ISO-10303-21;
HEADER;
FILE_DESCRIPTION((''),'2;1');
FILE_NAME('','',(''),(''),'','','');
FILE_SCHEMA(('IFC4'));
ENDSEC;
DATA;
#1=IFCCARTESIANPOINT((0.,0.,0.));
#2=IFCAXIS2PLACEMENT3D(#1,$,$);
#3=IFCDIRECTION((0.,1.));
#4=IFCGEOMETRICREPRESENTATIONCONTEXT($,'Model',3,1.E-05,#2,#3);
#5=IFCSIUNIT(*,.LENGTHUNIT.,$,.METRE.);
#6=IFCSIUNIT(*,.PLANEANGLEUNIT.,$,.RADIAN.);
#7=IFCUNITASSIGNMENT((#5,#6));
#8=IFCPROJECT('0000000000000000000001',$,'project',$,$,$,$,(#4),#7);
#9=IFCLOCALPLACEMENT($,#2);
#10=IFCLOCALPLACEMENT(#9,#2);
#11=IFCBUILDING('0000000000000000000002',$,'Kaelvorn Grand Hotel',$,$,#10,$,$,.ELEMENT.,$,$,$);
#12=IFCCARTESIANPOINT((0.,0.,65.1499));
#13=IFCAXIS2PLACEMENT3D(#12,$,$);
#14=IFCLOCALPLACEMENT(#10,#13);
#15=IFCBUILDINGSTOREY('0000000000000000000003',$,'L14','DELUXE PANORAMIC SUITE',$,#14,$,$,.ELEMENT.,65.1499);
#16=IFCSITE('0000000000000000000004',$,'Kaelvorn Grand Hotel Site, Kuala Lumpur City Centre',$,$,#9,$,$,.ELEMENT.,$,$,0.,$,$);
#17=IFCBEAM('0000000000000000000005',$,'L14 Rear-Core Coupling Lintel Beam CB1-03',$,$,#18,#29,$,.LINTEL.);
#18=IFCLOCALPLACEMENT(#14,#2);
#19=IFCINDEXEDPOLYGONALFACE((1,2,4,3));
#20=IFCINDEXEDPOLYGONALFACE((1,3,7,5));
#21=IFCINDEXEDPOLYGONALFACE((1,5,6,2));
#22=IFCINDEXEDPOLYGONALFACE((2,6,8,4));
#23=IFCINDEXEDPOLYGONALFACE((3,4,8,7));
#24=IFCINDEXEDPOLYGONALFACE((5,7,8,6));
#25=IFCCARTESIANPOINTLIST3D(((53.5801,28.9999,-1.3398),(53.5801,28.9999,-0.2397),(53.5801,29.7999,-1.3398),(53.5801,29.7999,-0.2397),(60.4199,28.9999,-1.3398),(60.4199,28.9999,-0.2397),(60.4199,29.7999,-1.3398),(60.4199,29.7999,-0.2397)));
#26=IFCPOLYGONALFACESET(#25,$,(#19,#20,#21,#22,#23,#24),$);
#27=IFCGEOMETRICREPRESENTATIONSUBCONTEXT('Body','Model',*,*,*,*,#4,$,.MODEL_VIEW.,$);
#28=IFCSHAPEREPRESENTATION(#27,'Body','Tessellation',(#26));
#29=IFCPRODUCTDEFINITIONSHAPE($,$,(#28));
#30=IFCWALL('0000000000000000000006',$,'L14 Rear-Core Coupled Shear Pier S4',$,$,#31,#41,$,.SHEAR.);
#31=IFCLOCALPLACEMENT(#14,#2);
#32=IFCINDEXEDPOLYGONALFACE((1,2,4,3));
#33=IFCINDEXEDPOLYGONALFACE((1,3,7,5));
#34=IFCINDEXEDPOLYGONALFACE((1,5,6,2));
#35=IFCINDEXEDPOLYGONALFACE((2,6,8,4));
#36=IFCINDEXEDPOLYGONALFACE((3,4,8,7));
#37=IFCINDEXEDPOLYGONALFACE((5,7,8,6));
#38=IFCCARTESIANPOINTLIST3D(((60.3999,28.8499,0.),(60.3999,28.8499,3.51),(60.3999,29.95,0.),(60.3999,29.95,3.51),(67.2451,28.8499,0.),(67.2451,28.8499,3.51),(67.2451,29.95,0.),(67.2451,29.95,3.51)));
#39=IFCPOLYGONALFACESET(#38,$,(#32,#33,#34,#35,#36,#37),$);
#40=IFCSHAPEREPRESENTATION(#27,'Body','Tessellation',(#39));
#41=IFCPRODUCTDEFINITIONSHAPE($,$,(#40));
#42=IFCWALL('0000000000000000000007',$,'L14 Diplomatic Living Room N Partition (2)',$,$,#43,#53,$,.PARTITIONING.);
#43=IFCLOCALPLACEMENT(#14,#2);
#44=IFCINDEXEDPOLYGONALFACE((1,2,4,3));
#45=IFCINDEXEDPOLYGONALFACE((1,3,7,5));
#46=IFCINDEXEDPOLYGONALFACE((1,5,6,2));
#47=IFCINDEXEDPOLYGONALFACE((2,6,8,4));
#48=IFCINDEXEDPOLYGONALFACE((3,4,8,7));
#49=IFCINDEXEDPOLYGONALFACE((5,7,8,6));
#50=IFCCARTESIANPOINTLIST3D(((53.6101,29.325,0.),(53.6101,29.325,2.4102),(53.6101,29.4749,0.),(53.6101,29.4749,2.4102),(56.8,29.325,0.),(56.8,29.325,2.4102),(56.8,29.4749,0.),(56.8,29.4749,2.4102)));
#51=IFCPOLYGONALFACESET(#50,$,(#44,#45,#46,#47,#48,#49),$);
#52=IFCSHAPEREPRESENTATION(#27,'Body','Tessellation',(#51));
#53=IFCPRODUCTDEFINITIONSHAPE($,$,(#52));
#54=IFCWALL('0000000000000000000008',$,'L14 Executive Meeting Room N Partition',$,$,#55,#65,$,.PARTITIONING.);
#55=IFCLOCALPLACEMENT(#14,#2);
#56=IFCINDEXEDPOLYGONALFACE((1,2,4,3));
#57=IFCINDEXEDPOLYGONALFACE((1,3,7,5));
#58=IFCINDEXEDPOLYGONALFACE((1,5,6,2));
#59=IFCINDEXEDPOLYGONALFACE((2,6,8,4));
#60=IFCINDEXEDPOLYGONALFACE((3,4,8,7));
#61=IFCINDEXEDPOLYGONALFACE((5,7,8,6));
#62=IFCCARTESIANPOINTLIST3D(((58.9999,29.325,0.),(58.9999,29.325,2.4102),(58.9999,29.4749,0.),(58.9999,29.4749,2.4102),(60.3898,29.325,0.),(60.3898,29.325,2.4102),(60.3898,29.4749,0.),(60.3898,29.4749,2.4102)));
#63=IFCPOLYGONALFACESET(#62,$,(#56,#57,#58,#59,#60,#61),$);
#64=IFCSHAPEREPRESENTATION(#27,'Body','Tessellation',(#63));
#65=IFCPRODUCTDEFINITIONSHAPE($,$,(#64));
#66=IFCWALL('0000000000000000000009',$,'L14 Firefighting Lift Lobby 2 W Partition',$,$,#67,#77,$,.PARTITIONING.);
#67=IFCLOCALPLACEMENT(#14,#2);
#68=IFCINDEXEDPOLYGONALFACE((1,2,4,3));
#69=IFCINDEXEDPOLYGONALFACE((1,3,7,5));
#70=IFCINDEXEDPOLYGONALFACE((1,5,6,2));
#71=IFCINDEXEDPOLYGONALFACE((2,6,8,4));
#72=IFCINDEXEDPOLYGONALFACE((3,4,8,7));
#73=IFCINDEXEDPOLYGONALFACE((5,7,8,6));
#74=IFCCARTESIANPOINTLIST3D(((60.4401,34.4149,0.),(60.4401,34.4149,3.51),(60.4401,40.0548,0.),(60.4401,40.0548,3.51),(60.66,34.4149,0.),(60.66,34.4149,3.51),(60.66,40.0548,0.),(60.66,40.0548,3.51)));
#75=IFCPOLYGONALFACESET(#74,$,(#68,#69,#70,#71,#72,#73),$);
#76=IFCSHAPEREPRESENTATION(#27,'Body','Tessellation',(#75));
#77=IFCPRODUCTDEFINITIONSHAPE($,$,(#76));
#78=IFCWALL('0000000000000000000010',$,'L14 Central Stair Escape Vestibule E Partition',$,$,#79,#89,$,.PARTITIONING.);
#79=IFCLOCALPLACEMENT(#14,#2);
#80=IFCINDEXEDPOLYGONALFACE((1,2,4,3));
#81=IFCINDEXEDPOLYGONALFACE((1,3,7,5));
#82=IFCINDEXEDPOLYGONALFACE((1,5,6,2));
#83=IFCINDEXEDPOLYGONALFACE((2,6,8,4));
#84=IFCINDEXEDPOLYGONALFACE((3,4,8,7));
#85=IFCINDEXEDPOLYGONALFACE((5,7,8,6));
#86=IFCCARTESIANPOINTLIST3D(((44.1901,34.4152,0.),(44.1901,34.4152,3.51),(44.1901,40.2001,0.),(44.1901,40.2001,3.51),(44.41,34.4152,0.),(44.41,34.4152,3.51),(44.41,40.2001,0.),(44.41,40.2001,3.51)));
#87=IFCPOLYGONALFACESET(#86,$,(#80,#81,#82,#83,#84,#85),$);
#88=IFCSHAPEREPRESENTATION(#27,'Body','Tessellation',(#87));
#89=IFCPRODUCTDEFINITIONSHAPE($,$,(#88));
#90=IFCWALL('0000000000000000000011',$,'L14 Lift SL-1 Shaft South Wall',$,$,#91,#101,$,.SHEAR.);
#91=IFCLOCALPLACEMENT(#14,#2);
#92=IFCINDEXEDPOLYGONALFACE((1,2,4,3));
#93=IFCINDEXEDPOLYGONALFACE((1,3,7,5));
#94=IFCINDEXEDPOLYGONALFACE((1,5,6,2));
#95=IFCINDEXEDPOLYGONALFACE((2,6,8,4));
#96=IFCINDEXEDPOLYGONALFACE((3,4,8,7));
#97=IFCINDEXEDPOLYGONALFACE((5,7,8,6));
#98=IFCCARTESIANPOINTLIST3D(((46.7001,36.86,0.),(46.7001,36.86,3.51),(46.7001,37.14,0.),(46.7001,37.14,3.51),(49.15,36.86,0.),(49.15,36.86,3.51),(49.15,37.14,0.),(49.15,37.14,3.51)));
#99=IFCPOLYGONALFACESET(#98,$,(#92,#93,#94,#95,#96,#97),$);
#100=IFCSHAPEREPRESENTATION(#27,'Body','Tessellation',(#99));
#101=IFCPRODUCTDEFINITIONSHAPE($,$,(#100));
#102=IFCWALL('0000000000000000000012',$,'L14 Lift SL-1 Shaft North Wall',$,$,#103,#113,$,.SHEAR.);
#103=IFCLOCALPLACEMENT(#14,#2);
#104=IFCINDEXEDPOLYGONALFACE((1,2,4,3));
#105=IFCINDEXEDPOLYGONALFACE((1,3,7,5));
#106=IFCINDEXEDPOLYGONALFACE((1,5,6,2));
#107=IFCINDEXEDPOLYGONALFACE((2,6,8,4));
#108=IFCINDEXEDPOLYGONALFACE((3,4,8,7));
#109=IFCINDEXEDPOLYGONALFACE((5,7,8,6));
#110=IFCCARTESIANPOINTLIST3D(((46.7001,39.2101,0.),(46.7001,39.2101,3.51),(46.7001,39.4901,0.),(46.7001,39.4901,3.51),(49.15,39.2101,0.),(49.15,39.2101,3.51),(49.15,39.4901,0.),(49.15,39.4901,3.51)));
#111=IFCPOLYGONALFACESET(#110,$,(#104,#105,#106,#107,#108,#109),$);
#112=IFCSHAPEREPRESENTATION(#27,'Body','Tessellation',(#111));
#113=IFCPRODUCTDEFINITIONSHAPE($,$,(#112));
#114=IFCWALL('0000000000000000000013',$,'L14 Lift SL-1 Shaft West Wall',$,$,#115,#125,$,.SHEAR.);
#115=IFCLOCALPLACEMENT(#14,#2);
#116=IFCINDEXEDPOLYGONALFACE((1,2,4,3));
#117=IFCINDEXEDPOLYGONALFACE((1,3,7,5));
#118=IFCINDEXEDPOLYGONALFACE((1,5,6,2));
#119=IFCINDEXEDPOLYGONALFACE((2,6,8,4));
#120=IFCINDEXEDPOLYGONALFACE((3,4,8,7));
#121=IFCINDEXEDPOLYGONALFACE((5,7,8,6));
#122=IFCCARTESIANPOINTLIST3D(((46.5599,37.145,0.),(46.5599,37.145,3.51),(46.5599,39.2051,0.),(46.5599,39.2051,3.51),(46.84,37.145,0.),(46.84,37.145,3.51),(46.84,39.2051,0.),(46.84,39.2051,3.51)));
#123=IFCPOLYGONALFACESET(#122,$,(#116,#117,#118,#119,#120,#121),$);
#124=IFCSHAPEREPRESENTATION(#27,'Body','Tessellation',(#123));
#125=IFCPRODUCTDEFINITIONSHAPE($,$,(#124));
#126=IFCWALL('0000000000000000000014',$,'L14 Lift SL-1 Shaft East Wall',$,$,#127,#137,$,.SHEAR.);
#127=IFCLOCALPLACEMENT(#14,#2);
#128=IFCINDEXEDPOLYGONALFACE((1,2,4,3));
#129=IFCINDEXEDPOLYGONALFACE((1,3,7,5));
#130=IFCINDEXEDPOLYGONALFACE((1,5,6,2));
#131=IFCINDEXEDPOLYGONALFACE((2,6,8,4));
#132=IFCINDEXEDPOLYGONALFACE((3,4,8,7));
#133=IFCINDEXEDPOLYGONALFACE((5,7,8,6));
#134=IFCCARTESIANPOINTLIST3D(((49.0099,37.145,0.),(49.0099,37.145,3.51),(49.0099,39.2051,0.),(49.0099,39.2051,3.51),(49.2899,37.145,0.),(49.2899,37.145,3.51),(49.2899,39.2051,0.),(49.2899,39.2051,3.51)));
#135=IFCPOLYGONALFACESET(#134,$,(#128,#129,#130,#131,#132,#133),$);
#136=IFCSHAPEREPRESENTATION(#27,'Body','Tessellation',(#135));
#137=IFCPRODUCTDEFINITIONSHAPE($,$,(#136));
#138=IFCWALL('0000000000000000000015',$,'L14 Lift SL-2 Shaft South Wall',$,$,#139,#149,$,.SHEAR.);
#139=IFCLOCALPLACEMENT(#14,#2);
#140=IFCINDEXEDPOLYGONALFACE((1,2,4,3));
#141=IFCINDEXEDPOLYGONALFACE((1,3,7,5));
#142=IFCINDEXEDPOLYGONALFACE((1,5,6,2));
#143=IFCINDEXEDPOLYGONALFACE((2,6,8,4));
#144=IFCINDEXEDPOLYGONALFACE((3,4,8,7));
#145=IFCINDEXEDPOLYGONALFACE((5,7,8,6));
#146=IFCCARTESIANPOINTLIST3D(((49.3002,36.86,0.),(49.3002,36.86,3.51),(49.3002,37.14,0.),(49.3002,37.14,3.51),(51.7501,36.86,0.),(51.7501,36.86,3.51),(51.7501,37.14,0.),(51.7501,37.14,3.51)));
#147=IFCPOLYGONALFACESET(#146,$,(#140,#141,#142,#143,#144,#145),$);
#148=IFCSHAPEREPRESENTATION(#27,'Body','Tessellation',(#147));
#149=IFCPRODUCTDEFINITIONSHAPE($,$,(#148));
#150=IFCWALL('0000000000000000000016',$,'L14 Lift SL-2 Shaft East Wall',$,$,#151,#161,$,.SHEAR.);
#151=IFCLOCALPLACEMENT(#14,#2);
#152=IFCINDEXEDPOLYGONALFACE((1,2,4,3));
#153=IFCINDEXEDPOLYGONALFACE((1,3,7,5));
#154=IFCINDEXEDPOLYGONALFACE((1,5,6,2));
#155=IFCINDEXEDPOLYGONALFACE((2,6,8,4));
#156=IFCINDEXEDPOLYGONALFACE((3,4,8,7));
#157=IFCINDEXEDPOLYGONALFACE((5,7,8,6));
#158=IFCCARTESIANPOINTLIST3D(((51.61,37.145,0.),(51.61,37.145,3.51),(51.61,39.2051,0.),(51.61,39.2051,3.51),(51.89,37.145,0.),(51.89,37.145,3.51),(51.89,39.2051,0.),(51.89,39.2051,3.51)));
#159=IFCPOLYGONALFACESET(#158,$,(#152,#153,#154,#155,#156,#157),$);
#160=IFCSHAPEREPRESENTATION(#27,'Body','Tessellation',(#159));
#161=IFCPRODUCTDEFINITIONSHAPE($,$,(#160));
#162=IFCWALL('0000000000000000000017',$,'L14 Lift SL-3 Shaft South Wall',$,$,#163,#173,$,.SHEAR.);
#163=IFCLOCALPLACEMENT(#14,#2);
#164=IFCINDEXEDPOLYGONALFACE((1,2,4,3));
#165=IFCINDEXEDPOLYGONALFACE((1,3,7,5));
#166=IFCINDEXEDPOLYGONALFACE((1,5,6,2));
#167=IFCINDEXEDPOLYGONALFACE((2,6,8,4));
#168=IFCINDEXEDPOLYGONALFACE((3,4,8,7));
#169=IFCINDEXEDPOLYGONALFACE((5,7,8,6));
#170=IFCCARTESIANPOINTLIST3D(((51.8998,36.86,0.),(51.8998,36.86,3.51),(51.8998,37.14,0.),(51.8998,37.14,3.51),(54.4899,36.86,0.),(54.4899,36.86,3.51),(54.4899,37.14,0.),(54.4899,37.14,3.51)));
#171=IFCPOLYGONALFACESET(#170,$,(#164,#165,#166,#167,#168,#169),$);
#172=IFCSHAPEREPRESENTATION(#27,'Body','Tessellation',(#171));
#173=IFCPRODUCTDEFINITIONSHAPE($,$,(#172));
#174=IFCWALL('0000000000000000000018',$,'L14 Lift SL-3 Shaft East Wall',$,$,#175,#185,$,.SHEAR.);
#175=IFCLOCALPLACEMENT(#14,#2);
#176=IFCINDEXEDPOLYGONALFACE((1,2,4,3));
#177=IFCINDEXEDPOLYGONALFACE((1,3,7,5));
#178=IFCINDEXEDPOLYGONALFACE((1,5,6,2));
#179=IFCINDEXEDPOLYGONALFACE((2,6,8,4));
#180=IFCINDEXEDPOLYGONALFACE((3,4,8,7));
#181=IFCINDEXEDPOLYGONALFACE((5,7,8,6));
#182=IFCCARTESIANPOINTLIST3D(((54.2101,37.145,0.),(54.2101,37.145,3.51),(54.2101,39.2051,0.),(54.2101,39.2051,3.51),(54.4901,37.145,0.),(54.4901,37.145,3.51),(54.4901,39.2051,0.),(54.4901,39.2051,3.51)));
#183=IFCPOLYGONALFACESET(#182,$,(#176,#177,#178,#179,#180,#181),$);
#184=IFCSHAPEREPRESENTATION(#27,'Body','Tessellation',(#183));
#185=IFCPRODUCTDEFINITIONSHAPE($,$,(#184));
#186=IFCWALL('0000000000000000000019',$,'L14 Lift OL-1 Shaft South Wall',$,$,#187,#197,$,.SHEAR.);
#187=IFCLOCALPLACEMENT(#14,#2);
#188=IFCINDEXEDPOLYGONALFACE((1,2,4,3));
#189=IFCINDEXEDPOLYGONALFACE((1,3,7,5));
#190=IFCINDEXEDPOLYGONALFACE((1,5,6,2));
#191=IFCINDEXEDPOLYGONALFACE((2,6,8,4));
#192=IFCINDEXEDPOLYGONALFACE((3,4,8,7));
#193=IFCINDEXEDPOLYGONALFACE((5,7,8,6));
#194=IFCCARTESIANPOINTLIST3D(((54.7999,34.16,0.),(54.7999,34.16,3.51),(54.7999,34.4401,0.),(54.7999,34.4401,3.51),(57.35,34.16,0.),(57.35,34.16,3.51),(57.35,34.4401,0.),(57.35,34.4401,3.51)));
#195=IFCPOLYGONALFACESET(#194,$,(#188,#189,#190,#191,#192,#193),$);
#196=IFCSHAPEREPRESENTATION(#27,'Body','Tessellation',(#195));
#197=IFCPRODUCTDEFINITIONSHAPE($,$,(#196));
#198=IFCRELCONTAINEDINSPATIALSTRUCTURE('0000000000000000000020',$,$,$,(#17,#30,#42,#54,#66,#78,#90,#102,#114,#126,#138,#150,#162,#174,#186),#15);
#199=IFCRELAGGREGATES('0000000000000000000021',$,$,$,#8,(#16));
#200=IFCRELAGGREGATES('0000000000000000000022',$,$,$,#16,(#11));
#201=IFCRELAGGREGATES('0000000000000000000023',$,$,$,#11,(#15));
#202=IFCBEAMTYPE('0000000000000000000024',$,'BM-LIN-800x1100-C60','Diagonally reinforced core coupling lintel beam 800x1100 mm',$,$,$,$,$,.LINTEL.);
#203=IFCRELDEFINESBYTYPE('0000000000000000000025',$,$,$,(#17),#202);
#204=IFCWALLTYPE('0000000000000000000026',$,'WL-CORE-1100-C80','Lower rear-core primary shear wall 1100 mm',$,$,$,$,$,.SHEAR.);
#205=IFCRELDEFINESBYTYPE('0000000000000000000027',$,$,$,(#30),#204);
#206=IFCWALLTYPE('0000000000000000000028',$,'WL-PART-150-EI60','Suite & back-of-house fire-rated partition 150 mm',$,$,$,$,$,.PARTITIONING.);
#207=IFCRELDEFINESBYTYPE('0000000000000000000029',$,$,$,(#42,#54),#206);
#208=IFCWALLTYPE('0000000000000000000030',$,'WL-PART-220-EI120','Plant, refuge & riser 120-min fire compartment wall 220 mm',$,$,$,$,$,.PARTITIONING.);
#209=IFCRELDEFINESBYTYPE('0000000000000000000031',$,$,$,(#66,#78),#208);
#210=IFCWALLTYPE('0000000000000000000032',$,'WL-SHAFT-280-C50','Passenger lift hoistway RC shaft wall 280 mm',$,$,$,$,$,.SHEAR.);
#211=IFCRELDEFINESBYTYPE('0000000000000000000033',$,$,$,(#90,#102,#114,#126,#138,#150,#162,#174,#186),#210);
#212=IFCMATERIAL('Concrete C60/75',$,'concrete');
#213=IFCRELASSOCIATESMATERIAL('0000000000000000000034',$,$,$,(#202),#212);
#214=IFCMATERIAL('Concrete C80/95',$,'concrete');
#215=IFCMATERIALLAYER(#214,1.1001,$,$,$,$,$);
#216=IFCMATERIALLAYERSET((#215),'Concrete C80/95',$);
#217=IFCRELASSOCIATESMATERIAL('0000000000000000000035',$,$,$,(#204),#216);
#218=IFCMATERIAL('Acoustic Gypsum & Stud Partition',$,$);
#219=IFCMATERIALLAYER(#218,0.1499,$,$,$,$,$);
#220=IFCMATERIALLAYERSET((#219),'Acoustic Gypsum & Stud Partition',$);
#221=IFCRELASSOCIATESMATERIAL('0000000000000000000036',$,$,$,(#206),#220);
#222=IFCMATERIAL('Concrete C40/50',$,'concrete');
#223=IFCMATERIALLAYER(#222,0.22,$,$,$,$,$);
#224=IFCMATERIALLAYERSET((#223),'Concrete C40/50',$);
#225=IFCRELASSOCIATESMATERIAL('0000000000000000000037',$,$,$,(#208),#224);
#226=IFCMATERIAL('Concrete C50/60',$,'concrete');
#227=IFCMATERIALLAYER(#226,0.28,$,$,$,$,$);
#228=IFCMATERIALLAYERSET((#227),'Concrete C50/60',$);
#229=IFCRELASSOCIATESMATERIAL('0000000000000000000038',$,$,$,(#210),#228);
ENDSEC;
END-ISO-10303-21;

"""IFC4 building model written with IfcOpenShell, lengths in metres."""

from ifc_helpers import new_model, si_unit, direction, frame, frame_2d, origin, origin_2d, place, context, subcontext, project, spatial, rectangle, extrude, material, layer, layer_set, material_profile, profile_set, type_object, element, save


model = new_model("IFC4")

# Units and contexts
model_context = context("Model", 3, precision=1e-05, world=origin(), true_north=direction((0.0, 1.0)))
body_context = subcontext(model_context, "Body", "Model", "MODEL_VIEW")
ifc_project = project(units=[si_unit("LENGTHUNIT", "METRE"), si_unit("PLANEANGLEUNIT", "RADIAN")], contexts=[model_context])

# Site, building, storey
site_placement = place(None, origin())
site = spatial("IfcSite", under=ifc_project, at=site_placement, Name="Kaelvorn Grand Hotel Site, Kuala Lumpur City Centre", CompositionType="ELEMENT", RefElevation=0.0)
building_placement = place(site_placement, origin())
building = spatial("IfcBuilding", under=site, at=building_placement, Name="Kaelvorn Grand Hotel", CompositionType="ELEMENT")
storey_placement = place(building_placement, frame((0.0, 0.0, 65.1499)))
storey = spatial("IfcBuildingStorey", under=building, at=storey_placement, Name="L14", Description="DELUXE PANORAMIC SUITE", CompositionType="ELEMENT", Elevation=65.1499)

# Beam
ifc_material_1 = material(Name="Concrete C60/75", Category="concrete")
ifc_material_profile = material_profile(ifc_material_1, rectangle(XDim=0.8, YDim=1.1001, at=origin_2d()), Name="RC LINTEL 800x1100")
ifc_profile_set = profile_set([ifc_material_profile], Name="Concrete C60/75")
beam_type = type_object("IfcBeamType", Name="BM-LIN-800x1100-C60", Description="Diagonally reinforced core coupling lintel beam 800x1100 mm", PredefinedType="LINTEL", material=ifc_profile_set)
beam_placement = place(storey_placement, frame((53.5801, 29.3999, -0.7898), z_axis=(1.0, 0.0, 0.0), x_axis=(0.0, 1.0, 0.0)))
element("IfcBeam", 1, at=beam_placement, inside=storey, type_object=beam_type, Name="L14 Rear-Core Coupling Lintel Beam CB1-03", PredefinedType="LINTEL", context=body_context, shape_type="SweptSolid", body=[
    extrude(rectangle(XDim=0.8, YDim=1.1001, at=origin_2d()), origin(), (0.0, 0.0, 1.0), 6.8398),
])

# Walls
ifc_material_2 = material(Name="Concrete C80/95", Category="concrete")
ifc_layer_1 = layer(ifc_material_2, 1.1001)
ifc_layer_set_1 = layer_set([ifc_layer_1], Name="Concrete C80/95")
wall_type_1 = type_object("IfcWallType", Name="WL-CORE-1100-C80", Description="Lower rear-core primary shear wall 1100 mm", PredefinedType="SHEAR", material=ifc_layer_set_1)
wall_1_placement = place(storey_placement, frame((60.3999, 29.3999, 0.0), z_axis=(0.0, 0.0, 1.0), x_axis=(1.0, 0.0, 0.0)))
element("IfcWall", 2, at=wall_1_placement, inside=storey, type_object=wall_type_1, Name="L14 Rear-Core Coupled Shear Pier S4", PredefinedType="SHEAR", context=body_context, shape_type="SweptSolid", body=[
    extrude(rectangle(XDim=6.8452, YDim=1.1001, at=frame_2d((3.4226, 0.0))), origin(), (0.0, 0.0, 1.0), 3.51),
])
ifc_material_3 = material(Name="Acoustic Gypsum & Stud Partition")
ifc_layer_2 = layer(ifc_material_3, 0.1499)
ifc_layer_set_2 = layer_set([ifc_layer_2], Name="Acoustic Gypsum & Stud Partition")
wall_type_2 = type_object("IfcWallType", Name="WL-PART-150-EI60", Description="Suite & back-of-house fire-rated partition 150 mm", PredefinedType="PARTITIONING", material=ifc_layer_set_2)
wall_2_placement = place(storey_placement, frame((53.6101, 29.3999, 0.0), z_axis=(0.0, 0.0, 1.0), x_axis=(1.0, 0.0, 0.0)))
element("IfcWall", 3, at=wall_2_placement, inside=storey, type_object=wall_type_2, Name="L14 Diplomatic Living Room N Partition (2)", PredefinedType="PARTITIONING", context=body_context, shape_type="SweptSolid", body=[
    extrude(rectangle(XDim=3.1899, YDim=0.1499, at=frame_2d((1.595, 0.0))), origin(), (0.0, 0.0, 1.0), 2.4102),
])
wall_3_placement = place(storey_placement, frame((59.0, 29.3999, 0.0), z_axis=(0.0, 0.0, 1.0), x_axis=(1.0, 0.0, 0.0)))
element("IfcWall", 4, at=wall_3_placement, inside=storey, type_object=wall_type_2, Name="L14 Executive Meeting Room N Partition", PredefinedType="PARTITIONING", context=body_context, shape_type="SweptSolid", body=[
    extrude(rectangle(XDim=1.3899, YDim=0.1499, at=frame_2d((0.6948, 0.0))), origin(), (0.0, 0.0, 1.0), 2.4102),
])

# Shared definitions
ifc_material_4 = material(Name="Concrete C40/50", Category="concrete")
ifc_layer_3 = layer(ifc_material_4, 0.22)
ifc_layer_set_3 = layer_set([ifc_layer_3], Name="Concrete C40/50")
wall_type_3 = type_object("IfcWallType", Name="WL-PART-220-EI120", Description="Plant, refuge & riser 120-min fire compartment wall 220 mm", PredefinedType="PARTITIONING", material=ifc_layer_set_3)

# Walls
wall_4_placement = place(storey_placement, frame((60.55, 34.415, 0.0), z_axis=(0.0, 0.0, 1.0), x_axis=(0.0, 1.0, 0.0)))
element("IfcWall", 5, at=wall_4_placement, inside=storey, type_object=wall_type_3, Name="L14 Firefighting Lift Lobby 2 W Partition", PredefinedType="PARTITIONING", context=body_context, shape_type="SweptSolid", body=[
    extrude(rectangle(XDim=5.6399, YDim=0.22, at=frame_2d((2.8198, 0.0))), origin(), (0.0, 0.0, 1.0), 3.51),
])
wall_5_placement = place(storey_placement, frame((44.3, 34.415, 0.0), z_axis=(0.0, 0.0, 1.0), x_axis=(0.0, 1.0, 0.0)))
element("IfcWall", 6, at=wall_5_placement, inside=storey, type_object=wall_type_3, Name="L14 Central Stair Escape Vestibule E Partition", PredefinedType="PARTITIONING", context=body_context, shape_type="SweptSolid", body=[
    extrude(rectangle(XDim=5.7849, YDim=0.22, at=frame_2d((2.8926, 0.0))), origin(), (0.0, 0.0, 1.0), 3.51),
])
ifc_material_5 = material(Name="Concrete C50/60", Category="concrete")
ifc_layer_4 = layer(ifc_material_5, 0.28)
ifc_layer_set_4 = layer_set([ifc_layer_4], Name="Concrete C50/60")
wall_type_4 = type_object("IfcWallType", Name="WL-SHAFT-280-C50", Description="Passenger lift hoistway RC shaft wall 280 mm", PredefinedType="SHEAR", material=ifc_layer_set_4)
for number, where, z_axis, x_axis, name in (
    (7, (46.7, 37.0, 0.0), (0.0, 0.0, 1.0), (1.0, 0.0, 0.0), "L14 Lift SL-1 Shaft South Wall"),
    (8, (46.7, 39.3501, 0.0), (0.0, 0.0, 1.0), (1.0, 0.0, 0.0), "L14 Lift SL-1 Shaft North Wall"),
):
    element("IfcWall", number, at=place(storey_placement, frame(where, z_axis=z_axis, x_axis=x_axis)), inside=storey, type_object=wall_type_4, Name=name, PredefinedType="SHEAR", context=body_context, shape_type="SweptSolid", body=[
        extrude(rectangle(XDim=2.45, YDim=0.28, at=frame_2d((1.2251, 0.0))), origin(), (0.0, 0.0, 1.0), 3.51),
    ])
for number, where, z_axis, x_axis, name in (
    (9, (46.7, 37.145, 0.0), (0.0, 0.0, 1.0), (0.0, 1.0, 0.0), "L14 Lift SL-1 Shaft West Wall"),
    (10, (49.1499, 37.145, 0.0), (0.0, 0.0, 1.0), (0.0, 1.0, 0.0), "L14 Lift SL-1 Shaft East Wall"),
):
    element("IfcWall", number, at=place(storey_placement, frame(where, z_axis=z_axis, x_axis=x_axis)), inside=storey, type_object=wall_type_4, Name=name, PredefinedType="SHEAR", context=body_context, shape_type="SweptSolid", body=[
        extrude(rectangle(XDim=2.0601, YDim=0.28, at=frame_2d((1.03, 0.0))), origin(), (0.0, 0.0, 1.0), 3.51),
    ])
wall_6_placement = place(storey_placement, frame((49.3, 37.0, 0.0), z_axis=(0.0, 0.0, 1.0), x_axis=(1.0, 0.0, 0.0)))
element("IfcWall", 11, at=wall_6_placement, inside=storey, type_object=wall_type_4, Name="L14 Lift SL-2 Shaft South Wall", PredefinedType="SHEAR", context=body_context, shape_type="SweptSolid", body=[
    extrude(rectangle(XDim=2.45, YDim=0.28, at=frame_2d((1.2251, 0.0))), origin(), (0.0, 0.0, 1.0), 3.51),
])
wall_7_placement = place(storey_placement, frame((51.75, 37.145, 0.0), z_axis=(0.0, 0.0, 1.0), x_axis=(0.0, 1.0, 0.0)))
element("IfcWall", 12, at=wall_7_placement, inside=storey, type_object=wall_type_4, Name="L14 Lift SL-2 Shaft East Wall", PredefinedType="SHEAR", context=body_context, shape_type="SweptSolid", body=[
    extrude(rectangle(XDim=2.0601, YDim=0.28, at=frame_2d((1.03, 0.0))), origin(), (0.0, 0.0, 1.0), 3.51),
])
wall_8_placement = place(storey_placement, frame((51.8999, 37.0, 0.0), z_axis=(0.0, 0.0, 1.0), x_axis=(1.0, 0.0, 0.0)))
element("IfcWall", 13, at=wall_8_placement, inside=storey, type_object=wall_type_4, Name="L14 Lift SL-3 Shaft South Wall", PredefinedType="SHEAR", context=body_context, shape_type="SweptSolid", body=[
    extrude(rectangle(XDim=2.5901, YDim=0.28, at=frame_2d((1.2949, 0.0))), origin(), (0.0, 0.0, 1.0), 3.51),
])
wall_9_placement = place(storey_placement, frame((54.3501, 37.145, 0.0), z_axis=(0.0, 0.0, 1.0), x_axis=(0.0, 1.0, 0.0)))
element("IfcWall", 14, at=wall_9_placement, inside=storey, type_object=wall_type_4, Name="L14 Lift SL-3 Shaft East Wall", PredefinedType="SHEAR", context=body_context, shape_type="SweptSolid", body=[
    extrude(rectangle(XDim=2.0601, YDim=0.28, at=frame_2d((1.03, 0.0))), origin(), (0.0, 0.0, 1.0), 3.51),
])
for number, where, z_axis, x_axis, name in (
    (15, (54.8, 34.3, 0.0), (0.0, 0.0, 1.0), (1.0, 0.0, 0.0), "L14 Lift OL-1 Shaft South Wall"),
):
    element("IfcWall", number, at=place(storey_placement, frame(where, z_axis=z_axis, x_axis=x_axis)), inside=storey, type_object=wall_type_4, Name=name, PredefinedType="SHEAR", context=body_context, shape_type="SweptSolid", body=[
        extrude(rectangle(XDim=2.55, YDim=0.28, at=frame_2d((1.2749, 0.0))), origin(), (0.0, 0.0, 1.0), 3.51),
    ])

save(model, "model.ifc")
